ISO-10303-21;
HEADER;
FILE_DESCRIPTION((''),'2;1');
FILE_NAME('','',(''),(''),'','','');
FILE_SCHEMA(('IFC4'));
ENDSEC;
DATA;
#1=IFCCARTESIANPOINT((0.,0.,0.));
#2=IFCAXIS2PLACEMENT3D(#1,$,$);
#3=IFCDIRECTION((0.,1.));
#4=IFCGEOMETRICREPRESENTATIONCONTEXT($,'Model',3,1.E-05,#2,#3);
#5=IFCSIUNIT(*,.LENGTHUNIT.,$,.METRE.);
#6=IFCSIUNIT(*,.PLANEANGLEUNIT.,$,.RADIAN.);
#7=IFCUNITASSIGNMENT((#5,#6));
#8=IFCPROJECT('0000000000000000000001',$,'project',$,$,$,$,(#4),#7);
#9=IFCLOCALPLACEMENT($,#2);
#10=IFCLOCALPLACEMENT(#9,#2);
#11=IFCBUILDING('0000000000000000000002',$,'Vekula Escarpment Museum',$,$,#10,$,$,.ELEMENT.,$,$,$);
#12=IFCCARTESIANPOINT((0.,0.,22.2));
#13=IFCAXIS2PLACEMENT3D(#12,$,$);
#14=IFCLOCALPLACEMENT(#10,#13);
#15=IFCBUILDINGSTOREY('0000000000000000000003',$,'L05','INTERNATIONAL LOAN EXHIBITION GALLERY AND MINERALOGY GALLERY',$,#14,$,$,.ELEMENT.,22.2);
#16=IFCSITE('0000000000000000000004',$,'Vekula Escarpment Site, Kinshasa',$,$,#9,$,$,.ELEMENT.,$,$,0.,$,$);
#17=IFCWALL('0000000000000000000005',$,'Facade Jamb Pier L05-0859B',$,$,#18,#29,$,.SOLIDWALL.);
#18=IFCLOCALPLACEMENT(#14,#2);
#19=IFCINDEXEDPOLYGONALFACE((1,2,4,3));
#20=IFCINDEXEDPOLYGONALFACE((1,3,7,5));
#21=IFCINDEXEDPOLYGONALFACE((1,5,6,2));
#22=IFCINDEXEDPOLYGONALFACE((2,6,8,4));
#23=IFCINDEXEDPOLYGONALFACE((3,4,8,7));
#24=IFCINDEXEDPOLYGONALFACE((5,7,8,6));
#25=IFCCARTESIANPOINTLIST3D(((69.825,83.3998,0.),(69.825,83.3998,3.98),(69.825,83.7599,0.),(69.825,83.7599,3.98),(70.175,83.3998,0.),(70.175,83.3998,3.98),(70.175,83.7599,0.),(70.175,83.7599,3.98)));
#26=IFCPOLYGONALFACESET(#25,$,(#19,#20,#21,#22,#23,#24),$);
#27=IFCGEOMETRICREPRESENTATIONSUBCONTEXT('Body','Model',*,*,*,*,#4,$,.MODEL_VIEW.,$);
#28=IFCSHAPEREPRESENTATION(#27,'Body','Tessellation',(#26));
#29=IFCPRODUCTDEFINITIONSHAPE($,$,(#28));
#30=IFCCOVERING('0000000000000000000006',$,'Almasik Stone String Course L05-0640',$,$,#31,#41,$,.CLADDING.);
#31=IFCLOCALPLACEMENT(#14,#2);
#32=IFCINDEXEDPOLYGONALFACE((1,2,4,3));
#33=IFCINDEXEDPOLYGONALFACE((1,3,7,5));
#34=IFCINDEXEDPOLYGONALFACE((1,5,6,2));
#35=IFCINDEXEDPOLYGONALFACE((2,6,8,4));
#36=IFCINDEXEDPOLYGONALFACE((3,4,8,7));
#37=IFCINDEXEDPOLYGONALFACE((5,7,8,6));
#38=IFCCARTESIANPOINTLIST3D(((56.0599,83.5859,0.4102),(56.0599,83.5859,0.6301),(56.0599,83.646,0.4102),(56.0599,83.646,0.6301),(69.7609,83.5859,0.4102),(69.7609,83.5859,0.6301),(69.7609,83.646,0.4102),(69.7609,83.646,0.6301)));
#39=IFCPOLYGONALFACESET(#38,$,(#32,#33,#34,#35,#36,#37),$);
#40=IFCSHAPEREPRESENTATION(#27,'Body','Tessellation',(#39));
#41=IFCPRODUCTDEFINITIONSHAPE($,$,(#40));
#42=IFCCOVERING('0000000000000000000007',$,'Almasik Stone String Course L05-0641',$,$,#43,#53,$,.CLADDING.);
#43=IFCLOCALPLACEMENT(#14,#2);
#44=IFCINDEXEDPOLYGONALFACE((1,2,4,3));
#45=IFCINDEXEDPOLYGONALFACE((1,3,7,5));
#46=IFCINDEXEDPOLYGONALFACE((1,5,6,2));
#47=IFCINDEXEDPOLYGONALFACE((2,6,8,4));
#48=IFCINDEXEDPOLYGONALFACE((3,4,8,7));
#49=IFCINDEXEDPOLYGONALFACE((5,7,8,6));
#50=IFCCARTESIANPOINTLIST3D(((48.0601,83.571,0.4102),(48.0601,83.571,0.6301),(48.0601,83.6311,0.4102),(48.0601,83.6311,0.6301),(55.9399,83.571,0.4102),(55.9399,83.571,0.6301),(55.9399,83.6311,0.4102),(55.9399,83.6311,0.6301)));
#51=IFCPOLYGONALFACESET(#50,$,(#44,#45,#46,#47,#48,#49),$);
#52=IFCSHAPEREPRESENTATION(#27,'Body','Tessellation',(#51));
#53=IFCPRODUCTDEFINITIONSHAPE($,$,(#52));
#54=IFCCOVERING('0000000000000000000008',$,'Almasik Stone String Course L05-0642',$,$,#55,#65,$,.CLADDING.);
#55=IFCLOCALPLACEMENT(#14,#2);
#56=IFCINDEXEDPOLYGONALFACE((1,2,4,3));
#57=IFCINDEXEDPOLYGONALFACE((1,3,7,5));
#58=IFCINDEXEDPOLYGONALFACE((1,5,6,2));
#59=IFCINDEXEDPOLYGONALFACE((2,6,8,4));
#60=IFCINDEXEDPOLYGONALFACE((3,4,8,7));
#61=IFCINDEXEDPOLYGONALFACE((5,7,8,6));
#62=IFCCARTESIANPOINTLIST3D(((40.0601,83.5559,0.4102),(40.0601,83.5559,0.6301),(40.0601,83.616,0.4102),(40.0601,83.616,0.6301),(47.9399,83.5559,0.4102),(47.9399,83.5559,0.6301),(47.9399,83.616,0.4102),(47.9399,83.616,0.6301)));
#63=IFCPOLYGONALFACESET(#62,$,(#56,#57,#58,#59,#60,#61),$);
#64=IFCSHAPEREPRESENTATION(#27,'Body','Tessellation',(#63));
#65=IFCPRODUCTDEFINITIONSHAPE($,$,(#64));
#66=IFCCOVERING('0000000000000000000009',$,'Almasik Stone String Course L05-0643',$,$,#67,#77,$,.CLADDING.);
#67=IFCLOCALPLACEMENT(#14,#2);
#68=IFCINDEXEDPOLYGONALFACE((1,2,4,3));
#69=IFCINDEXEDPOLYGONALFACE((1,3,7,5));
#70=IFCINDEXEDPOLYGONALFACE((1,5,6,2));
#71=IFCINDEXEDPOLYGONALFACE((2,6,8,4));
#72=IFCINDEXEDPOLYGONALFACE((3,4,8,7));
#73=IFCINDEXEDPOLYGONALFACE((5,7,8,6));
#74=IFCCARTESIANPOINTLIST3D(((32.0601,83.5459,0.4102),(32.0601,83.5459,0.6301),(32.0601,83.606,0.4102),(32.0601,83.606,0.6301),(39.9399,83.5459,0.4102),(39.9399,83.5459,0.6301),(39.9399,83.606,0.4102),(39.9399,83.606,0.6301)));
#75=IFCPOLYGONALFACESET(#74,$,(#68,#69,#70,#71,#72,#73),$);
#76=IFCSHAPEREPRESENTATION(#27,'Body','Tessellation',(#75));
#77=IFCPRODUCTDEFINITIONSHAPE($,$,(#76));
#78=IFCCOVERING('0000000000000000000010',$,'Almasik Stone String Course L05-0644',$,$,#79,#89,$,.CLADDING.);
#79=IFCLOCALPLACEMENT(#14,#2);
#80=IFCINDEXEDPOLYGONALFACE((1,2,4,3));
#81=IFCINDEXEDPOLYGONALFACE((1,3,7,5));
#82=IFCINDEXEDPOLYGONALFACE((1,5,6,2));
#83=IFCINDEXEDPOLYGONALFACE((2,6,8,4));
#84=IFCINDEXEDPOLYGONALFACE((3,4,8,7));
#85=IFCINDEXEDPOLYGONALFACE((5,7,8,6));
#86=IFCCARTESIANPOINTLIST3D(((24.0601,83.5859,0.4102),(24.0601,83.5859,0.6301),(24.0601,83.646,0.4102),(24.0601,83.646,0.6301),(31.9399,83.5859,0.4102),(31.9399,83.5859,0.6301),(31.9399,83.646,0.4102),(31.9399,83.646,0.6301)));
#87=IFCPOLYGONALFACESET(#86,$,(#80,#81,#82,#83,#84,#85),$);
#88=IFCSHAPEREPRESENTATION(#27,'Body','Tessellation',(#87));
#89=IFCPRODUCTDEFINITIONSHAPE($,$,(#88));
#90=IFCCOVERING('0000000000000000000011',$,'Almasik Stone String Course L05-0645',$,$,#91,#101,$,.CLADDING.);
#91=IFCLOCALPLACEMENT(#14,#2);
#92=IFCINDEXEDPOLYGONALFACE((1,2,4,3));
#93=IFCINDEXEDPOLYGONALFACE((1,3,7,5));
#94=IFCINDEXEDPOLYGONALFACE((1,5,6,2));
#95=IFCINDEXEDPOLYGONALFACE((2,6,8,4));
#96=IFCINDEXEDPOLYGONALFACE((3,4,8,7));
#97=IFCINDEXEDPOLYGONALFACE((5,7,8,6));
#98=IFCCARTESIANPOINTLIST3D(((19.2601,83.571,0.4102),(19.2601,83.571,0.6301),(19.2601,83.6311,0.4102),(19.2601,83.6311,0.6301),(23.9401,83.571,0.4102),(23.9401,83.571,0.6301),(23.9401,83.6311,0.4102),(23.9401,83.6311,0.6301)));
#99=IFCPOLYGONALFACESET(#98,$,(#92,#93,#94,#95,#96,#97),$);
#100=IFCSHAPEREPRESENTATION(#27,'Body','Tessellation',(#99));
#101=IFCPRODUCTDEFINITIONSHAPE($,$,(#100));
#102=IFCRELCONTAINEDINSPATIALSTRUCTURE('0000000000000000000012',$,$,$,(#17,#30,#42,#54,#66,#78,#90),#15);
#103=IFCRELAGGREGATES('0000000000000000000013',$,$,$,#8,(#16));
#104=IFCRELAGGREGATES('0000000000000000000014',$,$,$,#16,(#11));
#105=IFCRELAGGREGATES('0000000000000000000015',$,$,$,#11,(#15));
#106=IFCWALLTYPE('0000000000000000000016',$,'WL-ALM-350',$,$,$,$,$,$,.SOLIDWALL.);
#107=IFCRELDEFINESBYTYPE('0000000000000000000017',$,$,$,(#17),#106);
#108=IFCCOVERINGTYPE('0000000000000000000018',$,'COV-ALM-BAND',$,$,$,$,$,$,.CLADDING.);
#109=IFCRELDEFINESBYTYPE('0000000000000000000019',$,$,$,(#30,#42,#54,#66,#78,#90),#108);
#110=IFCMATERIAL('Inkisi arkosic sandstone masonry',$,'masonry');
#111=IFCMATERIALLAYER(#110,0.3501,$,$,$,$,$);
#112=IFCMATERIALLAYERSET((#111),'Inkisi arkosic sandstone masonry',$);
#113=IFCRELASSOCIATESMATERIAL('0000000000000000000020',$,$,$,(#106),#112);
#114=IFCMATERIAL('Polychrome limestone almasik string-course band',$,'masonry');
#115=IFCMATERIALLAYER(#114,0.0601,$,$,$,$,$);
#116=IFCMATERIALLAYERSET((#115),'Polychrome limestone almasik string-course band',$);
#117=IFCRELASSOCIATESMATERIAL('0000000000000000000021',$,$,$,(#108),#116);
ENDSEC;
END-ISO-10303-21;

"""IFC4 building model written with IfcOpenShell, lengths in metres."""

from ifc_helpers import new_model, si_unit, direction, frame, frame_2d, origin, origin_2d, place, context, subcontext, project, spatial, rectangle, extrude, material, layer, layer_set, type_object, element, save


model = new_model("IFC4")

# Units and contexts
model_context = context("Model", 3, precision=1e-05, world=origin(), true_north=direction((0.0, 1.0)))
body_context = subcontext(model_context, "Body", "Model", "MODEL_VIEW")
ifc_project = project(units=[si_unit("LENGTHUNIT", "METRE"), si_unit("PLANEANGLEUNIT", "RADIAN")], contexts=[model_context])

# Site, building, storey
site_placement = place(None, origin())
site = spatial("IfcSite", under=ifc_project, at=site_placement, Name="Vekula Escarpment Site, Kinshasa", CompositionType="ELEMENT", RefElevation=0.0)
building_placement = place(site_placement, origin())
building = spatial("IfcBuilding", under=site, at=building_placement, Name="Vekula Escarpment Museum", CompositionType="ELEMENT")
storey_placement = place(building_placement, frame((0.0, 0.0, 22.2)))
storey = spatial("IfcBuildingStorey", under=building, at=storey_placement, Name="L05", Description="INTERNATIONAL LOAN EXHIBITION GALLERY AND MINERALOGY GALLERY", CompositionType="ELEMENT", Elevation=22.2)

# Wall
ifc_material_1 = material(Name="Inkisi arkosic sandstone masonry", Category="masonry")
ifc_layer_1 = layer(ifc_material_1, 0.3501)
ifc_layer_set_1 = layer_set([ifc_layer_1], Name="Inkisi arkosic sandstone masonry")
wall_type = type_object("IfcWallType", Name="WL-ALM-350", PredefinedType="SOLIDWALL", material=ifc_layer_set_1)
wall_placement = place(storey_placement, frame((70.0, 83.76, 0.0), z_axis=(0.0, 0.0, 1.0), x_axis=(0.0, -1.0, 0.0)))
element("IfcWall", 1, at=wall_placement, inside=storey, type_object=wall_type, Name="Facade Jamb Pier L05-0859B", PredefinedType="SOLIDWALL", context=body_context, shape_type="SweptSolid", body=[
    extrude(rectangle(XDim=0.3601, YDim=0.3501, at=frame_2d((0.1802, 0.0))), origin(), (0.0, 0.0, 1.0), 3.98),
])

# Coverings
ifc_material_2 = material(Name="Polychrome limestone almasik string-course band", Category="masonry")
ifc_layer_2 = layer(ifc_material_2, 0.0601)
ifc_layer_set_2 = layer_set([ifc_layer_2], Name="Polychrome limestone almasik string-course band")
covering_type = type_object("IfcCoveringType", Name="COV-ALM-BAND", PredefinedType="CLADDING", material=ifc_layer_set_2)
covering_1_placement = place(storey_placement, frame((62.9104, 83.616, 0.4102), z_axis=(0.0, 0.0, 1.0), x_axis=(1.0, 0.0, 0.0)))
element("IfcCovering", 2, at=covering_1_placement, inside=storey, type_object=covering_type, Name="Almasik Stone String Course L05-0640", PredefinedType="CLADDING", context=body_context, shape_type="SweptSolid", body=[
    extrude(rectangle(XDim=13.7009, YDim=0.0601, at=origin_2d()), origin(), (0.0, 0.0, 1.0), 0.22),
])
for number, where, z_axis, x_axis, name in (
    (3, (52.0, 83.6011, 0.4102), (0.0, 0.0, 1.0), (1.0, 0.0, 0.0), "Almasik Stone String Course L05-0641"),
    (4, (44.0, 83.5859, 0.4102), (0.0, 0.0, 1.0), (1.0, 0.0, 0.0), "Almasik Stone String Course L05-0642"),
    (5, (36.0, 83.5759, 0.4102), (0.0, 0.0, 1.0), (1.0, 0.0, 0.0), "Almasik Stone String Course L05-0643"),
    (6, (28.0, 83.616, 0.4102), (0.0, 0.0, 1.0), (1.0, 0.0, 0.0), "Almasik Stone String Course L05-0644"),
):
    element("IfcCovering", number, at=place(storey_placement, frame(where, z_axis=z_axis, x_axis=x_axis)), inside=storey, type_object=covering_type, Name=name, PredefinedType="CLADDING", context=body_context, shape_type="SweptSolid", body=[
        extrude(rectangle(XDim=7.8799, YDim=0.0601, at=origin_2d()), origin(), (0.0, 0.0, 1.0), 0.22),
    ])
covering_2_placement = place(storey_placement, frame((21.6001, 83.6011, 0.4102), z_axis=(0.0, 0.0, 1.0), x_axis=(1.0, 0.0, 0.0)))
element("IfcCovering", 7, at=covering_2_placement, inside=storey, type_object=covering_type, Name="Almasik Stone String Course L05-0645", PredefinedType="CLADDING", context=body_context, shape_type="SweptSolid", body=[
    extrude(rectangle(XDim=4.6799, YDim=0.0601, at=origin_2d()), origin(), (0.0, 0.0, 1.0), 0.22),
])

save(model, "model.ifc")
